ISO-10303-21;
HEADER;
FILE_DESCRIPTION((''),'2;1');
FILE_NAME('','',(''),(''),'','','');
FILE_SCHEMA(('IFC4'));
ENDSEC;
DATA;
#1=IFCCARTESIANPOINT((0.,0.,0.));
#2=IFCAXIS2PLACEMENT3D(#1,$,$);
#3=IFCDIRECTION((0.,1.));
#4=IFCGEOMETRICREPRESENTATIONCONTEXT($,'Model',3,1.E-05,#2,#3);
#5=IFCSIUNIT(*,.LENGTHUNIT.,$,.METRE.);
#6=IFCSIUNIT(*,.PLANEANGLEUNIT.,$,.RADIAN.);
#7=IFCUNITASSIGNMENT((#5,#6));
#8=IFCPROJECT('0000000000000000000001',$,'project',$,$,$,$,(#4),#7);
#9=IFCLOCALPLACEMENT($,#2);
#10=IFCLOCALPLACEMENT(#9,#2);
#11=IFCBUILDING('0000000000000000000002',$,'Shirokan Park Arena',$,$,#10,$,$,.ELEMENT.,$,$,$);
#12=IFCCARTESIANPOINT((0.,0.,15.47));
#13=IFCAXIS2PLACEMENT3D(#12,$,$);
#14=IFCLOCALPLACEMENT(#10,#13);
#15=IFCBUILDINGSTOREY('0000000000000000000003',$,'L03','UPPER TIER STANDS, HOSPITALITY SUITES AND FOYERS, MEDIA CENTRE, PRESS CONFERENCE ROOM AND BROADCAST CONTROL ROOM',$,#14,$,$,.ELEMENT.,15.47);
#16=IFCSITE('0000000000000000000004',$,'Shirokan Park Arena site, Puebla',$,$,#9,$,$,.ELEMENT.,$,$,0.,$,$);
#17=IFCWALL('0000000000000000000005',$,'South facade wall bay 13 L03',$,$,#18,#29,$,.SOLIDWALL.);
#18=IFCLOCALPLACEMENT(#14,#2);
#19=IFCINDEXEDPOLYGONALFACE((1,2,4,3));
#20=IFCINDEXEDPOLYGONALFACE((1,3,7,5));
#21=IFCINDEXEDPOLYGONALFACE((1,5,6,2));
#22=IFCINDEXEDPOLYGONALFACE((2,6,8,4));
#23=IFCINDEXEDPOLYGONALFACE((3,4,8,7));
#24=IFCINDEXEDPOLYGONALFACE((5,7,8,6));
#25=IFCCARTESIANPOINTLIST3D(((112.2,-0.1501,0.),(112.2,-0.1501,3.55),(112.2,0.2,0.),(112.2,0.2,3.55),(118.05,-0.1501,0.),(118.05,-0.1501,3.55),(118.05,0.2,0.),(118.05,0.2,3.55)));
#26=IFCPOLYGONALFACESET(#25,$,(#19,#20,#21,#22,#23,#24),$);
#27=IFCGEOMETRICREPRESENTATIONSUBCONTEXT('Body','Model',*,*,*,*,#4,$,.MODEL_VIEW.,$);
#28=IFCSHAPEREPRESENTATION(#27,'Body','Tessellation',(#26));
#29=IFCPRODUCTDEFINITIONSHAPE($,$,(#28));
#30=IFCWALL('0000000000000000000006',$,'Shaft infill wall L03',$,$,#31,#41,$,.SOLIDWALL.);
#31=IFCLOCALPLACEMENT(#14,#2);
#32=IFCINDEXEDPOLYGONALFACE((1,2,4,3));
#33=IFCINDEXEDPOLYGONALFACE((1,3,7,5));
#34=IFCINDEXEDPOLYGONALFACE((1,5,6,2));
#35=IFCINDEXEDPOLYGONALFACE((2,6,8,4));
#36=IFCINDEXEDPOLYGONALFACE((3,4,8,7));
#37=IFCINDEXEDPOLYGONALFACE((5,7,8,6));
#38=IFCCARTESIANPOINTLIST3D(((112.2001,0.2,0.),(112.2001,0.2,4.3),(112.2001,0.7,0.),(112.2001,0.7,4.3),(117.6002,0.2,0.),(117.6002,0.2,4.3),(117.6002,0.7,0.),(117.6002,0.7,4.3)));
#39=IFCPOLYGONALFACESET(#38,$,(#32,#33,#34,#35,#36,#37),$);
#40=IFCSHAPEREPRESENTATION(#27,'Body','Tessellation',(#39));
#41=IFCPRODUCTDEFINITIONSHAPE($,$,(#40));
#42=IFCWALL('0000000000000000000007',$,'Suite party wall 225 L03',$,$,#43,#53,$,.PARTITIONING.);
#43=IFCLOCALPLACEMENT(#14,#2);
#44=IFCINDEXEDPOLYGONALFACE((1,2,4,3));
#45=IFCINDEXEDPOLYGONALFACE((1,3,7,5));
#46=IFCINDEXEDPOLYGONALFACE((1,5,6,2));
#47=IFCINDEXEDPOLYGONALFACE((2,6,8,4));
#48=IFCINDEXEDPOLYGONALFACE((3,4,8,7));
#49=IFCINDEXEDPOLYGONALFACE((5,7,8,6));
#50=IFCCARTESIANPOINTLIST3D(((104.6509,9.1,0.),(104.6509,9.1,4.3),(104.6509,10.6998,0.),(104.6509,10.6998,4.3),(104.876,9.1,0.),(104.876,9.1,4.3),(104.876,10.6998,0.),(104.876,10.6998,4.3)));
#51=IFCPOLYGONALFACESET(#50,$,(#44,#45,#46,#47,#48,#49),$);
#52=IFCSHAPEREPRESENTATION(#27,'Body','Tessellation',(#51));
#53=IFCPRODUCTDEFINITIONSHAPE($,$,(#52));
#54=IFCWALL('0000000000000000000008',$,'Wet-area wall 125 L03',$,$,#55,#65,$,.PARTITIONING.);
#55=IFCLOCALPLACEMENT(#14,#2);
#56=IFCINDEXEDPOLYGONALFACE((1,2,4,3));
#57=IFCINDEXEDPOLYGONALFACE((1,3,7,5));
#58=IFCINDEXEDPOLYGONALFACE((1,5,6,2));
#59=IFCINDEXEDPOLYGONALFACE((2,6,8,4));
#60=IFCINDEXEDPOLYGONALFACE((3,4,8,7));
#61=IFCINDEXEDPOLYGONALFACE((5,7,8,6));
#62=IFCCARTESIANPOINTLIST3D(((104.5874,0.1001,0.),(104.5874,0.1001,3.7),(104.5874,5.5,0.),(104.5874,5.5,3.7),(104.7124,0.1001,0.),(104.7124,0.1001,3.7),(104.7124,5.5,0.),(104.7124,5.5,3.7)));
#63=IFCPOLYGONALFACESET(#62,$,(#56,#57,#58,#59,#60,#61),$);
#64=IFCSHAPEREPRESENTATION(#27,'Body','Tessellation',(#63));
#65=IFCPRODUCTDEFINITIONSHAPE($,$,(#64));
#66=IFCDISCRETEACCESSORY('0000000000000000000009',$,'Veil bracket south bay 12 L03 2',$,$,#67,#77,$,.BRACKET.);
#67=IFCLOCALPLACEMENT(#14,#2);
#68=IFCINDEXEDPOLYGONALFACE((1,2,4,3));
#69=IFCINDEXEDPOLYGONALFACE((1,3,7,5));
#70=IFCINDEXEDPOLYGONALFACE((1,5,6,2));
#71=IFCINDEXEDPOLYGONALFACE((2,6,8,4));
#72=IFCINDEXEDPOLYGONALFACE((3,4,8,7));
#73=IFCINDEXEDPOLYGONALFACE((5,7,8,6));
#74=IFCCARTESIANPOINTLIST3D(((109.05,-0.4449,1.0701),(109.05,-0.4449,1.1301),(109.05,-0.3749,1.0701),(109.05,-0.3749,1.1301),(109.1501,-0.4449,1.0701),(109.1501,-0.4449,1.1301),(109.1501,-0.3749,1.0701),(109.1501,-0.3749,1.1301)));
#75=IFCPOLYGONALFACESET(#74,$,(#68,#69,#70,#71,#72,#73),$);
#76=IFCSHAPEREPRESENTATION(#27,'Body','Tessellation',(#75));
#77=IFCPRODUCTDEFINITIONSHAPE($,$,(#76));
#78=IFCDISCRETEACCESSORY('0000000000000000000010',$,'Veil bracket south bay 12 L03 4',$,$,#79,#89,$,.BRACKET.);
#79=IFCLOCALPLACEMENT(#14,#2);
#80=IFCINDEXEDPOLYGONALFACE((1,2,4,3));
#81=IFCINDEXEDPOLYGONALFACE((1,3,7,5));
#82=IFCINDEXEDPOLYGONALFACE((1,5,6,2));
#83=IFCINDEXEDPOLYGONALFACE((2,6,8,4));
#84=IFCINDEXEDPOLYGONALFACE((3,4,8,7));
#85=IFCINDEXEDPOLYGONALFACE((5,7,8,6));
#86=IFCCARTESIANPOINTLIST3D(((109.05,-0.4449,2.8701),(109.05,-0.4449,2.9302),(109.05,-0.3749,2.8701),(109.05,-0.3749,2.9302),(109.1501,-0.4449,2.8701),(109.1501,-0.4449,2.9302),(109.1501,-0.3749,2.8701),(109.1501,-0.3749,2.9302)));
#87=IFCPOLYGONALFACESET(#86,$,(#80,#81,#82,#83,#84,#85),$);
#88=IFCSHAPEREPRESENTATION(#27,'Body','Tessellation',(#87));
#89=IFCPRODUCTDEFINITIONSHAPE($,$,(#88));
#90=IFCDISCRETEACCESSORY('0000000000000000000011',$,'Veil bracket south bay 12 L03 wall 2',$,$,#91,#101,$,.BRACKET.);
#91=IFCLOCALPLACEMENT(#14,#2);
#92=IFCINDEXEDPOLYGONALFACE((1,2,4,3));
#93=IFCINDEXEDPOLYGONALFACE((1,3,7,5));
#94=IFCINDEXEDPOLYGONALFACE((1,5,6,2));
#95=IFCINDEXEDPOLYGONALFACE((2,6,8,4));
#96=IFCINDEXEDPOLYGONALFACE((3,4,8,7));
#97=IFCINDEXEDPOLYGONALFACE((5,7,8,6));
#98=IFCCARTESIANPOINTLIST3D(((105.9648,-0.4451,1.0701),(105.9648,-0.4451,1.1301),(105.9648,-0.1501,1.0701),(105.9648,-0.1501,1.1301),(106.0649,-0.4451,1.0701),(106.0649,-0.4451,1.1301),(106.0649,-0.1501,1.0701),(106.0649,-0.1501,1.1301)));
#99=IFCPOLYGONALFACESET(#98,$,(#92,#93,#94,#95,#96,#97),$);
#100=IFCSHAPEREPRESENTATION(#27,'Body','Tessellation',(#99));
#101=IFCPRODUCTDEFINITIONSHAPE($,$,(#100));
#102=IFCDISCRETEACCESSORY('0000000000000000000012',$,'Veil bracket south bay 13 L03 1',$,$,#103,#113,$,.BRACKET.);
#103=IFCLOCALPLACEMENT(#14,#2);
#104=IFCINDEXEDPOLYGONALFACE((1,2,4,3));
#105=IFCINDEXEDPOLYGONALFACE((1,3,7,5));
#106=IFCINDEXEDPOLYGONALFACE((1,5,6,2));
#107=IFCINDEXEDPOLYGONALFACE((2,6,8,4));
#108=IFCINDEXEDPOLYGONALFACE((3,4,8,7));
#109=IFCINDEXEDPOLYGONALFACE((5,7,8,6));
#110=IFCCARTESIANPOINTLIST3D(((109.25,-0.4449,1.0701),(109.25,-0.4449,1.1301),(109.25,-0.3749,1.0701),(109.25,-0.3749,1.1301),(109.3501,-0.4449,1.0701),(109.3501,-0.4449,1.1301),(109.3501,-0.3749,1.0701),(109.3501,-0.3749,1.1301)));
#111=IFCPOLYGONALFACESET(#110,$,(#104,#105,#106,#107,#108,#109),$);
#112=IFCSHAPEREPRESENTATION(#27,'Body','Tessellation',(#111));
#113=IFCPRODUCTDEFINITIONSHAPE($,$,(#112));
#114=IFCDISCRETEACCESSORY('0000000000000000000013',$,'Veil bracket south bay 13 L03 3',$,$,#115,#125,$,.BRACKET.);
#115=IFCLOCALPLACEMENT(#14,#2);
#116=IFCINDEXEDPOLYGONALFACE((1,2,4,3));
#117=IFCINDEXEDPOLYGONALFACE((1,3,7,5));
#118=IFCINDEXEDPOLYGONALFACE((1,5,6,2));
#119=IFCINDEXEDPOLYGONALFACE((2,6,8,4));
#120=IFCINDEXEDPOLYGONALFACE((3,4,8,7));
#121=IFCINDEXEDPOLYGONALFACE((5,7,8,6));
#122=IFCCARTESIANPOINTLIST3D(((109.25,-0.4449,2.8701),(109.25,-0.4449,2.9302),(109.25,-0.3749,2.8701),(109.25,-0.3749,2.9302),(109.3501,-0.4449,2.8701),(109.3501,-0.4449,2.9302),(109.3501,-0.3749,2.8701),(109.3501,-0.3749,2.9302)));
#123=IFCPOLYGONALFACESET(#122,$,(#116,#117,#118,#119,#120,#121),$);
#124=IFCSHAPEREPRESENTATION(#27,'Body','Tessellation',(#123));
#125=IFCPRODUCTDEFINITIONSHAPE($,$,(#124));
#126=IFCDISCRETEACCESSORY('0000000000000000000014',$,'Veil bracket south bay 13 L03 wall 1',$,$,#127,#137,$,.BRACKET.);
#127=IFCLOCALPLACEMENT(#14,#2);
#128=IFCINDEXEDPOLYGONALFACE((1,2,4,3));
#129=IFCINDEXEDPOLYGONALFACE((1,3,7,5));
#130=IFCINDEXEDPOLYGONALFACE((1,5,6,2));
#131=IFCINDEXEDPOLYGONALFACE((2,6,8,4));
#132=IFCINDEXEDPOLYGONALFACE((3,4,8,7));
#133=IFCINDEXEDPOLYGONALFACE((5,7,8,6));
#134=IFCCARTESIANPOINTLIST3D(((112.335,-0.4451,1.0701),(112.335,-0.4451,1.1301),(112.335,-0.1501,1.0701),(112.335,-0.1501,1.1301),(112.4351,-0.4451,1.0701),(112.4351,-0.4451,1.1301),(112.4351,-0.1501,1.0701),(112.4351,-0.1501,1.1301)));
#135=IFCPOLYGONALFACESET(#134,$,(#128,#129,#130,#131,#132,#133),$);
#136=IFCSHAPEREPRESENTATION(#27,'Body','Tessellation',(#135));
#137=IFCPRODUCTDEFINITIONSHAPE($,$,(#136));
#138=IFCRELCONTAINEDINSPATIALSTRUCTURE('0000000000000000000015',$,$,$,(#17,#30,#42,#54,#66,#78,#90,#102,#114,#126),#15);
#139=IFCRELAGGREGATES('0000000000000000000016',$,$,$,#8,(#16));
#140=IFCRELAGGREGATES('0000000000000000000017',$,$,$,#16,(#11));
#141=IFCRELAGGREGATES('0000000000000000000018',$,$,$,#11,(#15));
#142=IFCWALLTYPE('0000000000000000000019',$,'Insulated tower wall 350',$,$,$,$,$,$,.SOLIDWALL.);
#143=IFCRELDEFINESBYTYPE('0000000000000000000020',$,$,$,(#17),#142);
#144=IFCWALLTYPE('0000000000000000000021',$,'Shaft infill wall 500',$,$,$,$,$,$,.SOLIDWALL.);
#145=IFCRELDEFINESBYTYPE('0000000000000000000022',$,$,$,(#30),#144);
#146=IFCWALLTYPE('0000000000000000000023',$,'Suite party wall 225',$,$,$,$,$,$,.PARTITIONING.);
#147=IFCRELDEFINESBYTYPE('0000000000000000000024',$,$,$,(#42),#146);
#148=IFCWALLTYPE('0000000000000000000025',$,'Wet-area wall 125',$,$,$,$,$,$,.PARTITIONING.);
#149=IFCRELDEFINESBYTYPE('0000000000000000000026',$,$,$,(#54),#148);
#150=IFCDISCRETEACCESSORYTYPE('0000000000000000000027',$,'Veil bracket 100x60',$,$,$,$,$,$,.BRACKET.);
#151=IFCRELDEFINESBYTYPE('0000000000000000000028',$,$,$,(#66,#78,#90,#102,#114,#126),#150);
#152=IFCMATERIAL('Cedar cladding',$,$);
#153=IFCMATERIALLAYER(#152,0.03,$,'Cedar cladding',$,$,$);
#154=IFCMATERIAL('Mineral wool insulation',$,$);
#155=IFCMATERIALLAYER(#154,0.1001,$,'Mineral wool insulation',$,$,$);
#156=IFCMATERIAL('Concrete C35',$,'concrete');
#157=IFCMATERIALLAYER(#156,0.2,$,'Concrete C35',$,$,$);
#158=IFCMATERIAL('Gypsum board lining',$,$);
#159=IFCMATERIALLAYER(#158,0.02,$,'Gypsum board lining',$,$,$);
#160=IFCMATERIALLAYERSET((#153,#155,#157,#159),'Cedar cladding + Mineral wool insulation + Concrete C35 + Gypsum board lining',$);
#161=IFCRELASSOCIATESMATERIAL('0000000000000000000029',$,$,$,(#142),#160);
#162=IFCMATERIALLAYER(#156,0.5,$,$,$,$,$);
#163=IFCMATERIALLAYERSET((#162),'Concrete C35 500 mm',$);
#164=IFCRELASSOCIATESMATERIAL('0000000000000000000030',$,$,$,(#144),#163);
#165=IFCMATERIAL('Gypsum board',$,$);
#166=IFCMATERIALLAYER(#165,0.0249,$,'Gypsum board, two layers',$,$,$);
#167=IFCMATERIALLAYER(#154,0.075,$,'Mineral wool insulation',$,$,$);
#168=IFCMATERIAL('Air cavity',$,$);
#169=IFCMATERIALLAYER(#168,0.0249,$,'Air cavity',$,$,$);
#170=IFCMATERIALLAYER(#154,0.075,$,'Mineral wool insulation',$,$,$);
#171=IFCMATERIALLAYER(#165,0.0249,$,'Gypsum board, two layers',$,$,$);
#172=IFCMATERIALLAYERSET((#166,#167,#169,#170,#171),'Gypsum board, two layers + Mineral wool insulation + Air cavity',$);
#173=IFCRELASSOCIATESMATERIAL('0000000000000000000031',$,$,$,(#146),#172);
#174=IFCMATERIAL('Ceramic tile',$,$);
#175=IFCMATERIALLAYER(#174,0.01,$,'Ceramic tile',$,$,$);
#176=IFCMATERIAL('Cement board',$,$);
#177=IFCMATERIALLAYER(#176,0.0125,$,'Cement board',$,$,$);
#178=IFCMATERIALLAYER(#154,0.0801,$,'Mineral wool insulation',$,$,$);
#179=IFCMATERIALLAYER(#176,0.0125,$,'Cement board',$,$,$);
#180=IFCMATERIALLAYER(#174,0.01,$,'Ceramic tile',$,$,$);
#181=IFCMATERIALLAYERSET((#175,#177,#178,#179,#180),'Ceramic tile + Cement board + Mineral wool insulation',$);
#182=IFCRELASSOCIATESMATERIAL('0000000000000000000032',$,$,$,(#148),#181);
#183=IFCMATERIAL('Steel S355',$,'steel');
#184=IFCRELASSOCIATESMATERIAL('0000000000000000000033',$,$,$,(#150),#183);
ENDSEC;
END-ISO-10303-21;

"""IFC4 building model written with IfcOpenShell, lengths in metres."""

from ifc_helpers import new_model, si_unit, direction, frame, frame_2d, origin, origin_2d, place, context, subcontext, project, spatial, rectangle, extrude, material, layer, layer_set, type_object, element, save


model = new_model("IFC4")

# Units and contexts
model_context = context("Model", 3, precision=1e-05, world=origin(), true_north=direction((0.0, 1.0)))
body_context = subcontext(model_context, "Body", "Model", "MODEL_VIEW")
ifc_project = project(units=[si_unit("LENGTHUNIT", "METRE"), si_unit("PLANEANGLEUNIT", "RADIAN")], contexts=[model_context])

# Site, building, storey
site_placement = place(None, origin())
site = spatial("IfcSite", under=ifc_project, at=site_placement, Name="Shirokan Park Arena site, Puebla", CompositionType="ELEMENT", RefElevation=0.0)
building_placement = place(site_placement, origin())
building = spatial("IfcBuilding", under=site, at=building_placement, Name="Shirokan Park Arena", CompositionType="ELEMENT")
storey_placement = place(building_placement, frame((0.0, 0.0, 15.47)))
storey = spatial("IfcBuildingStorey", under=building, at=storey_placement, Name="L03", Description="UPPER TIER STANDS, HOSPITALITY SUITES AND FOYERS, MEDIA CENTRE, PRESS CONFERENCE ROOM AND BROADCAST CONTROL ROOM", CompositionType="ELEMENT", Elevation=15.47)

# Shared definitions
ifc_material_1 = material(Name="Concrete C35", Category="concrete")

# Shared definitions
ifc_material_2 = material(Name="Steel S355", Category="steel")

# Shared definitions
ifc_material_3 = material(Name="Mineral wool insulation")

# Shared definitions
ifc_material_4 = material(Name="Gypsum board")

# Walls
ifc_material_5 = material(Name="Cedar cladding")
ifc_layer_1 = layer(ifc_material_5, 0.03, Name="Cedar cladding")
ifc_layer_2 = layer(ifc_material_3, 0.1001, Name="Mineral wool insulation")
ifc_layer_3 = layer(ifc_material_1, 0.2, Name="Concrete C35")
ifc_material_6 = material(Name="Gypsum board lining")
ifc_layer_4 = layer(ifc_material_6, 0.02, Name="Gypsum board lining")
ifc_layer_set_1 = layer_set([ifc_layer_1, ifc_layer_2, ifc_layer_3, ifc_layer_4], Name="Cedar cladding + Mineral wool insulation + Concrete C35 + Gypsum board lining")
wall_type_1 = type_object("IfcWallType", Name="Insulated tower wall 350", PredefinedType="SOLIDWALL", material=ifc_layer_set_1)
wall_1_placement = place(storey_placement, frame((112.2, 0.0249, 0.0), z_axis=(0.0, 0.0, 1.0), x_axis=(1.0, 0.0, 0.0)))
element("IfcWall", 1, at=wall_1_placement, inside=storey, type_object=wall_type_1, Name="South facade wall bay 13 L03", PredefinedType="SOLIDWALL", context=body_context, shape_type="SweptSolid", body=[
    extrude(rectangle(XDim=5.8501, YDim=0.3501, at=frame_2d((2.925, 0.0))), origin(), (0.0, 0.0, 1.0), 3.55),
])
ifc_layer_5 = layer(ifc_material_1, 0.5)
ifc_layer_set_2 = layer_set([ifc_layer_5], Name="Concrete C35 500 mm")
wall_type_2 = type_object("IfcWallType", Name="Shaft infill wall 500", PredefinedType="SOLIDWALL", material=ifc_layer_set_2)
wall_2_placement = place(storey_placement, frame((112.2, 0.45, 0.0), z_axis=(0.0, 0.0, 1.0), x_axis=(1.0, 0.0, 0.0)))
element("IfcWall", 2, at=wall_2_placement, inside=storey, type_object=wall_type_2, Name="Shaft infill wall L03", PredefinedType="SOLIDWALL", context=body_context, shape_type="SweptSolid", body=[
    extrude(rectangle(XDim=5.4001, YDim=0.5, at=frame_2d((2.7002, 0.0))), origin(), (0.0, 0.0, 1.0), 4.3),
])
ifc_layer_6 = layer(ifc_material_4, 0.0249, Name="Gypsum board, two layers")
ifc_layer_7 = layer(ifc_material_3, 0.075, Name="Mineral wool insulation")
ifc_material_7 = material(Name="Air cavity")
ifc_layer_8 = layer(ifc_material_7, 0.0249, Name="Air cavity")
ifc_layer_9 = layer(ifc_material_3, 0.075, Name="Mineral wool insulation")
ifc_layer_10 = layer(ifc_material_4, 0.0249, Name="Gypsum board, two layers")
ifc_layer_set_3 = layer_set([ifc_layer_6, ifc_layer_7, ifc_layer_8, ifc_layer_9, ifc_layer_10], Name="Gypsum board, two layers + Mineral wool insulation + Air cavity")
wall_type_3 = type_object("IfcWallType", Name="Suite party wall 225", PredefinedType="PARTITIONING", material=ifc_layer_set_3)
wall_3_placement = place(storey_placement, frame((104.7634, 9.1001, 0.0), z_axis=(0.0, 0.0, 1.0), x_axis=(0.0, 1.0, 0.0)))
element("IfcWall", 3, at=wall_3_placement, inside=storey, type_object=wall_type_3, Name="Suite party wall 225 L03", PredefinedType="PARTITIONING", context=body_context, shape_type="SweptSolid", body=[
    extrude(rectangle(XDim=1.5999, YDim=0.2251, at=frame_2d((0.7998, 0.0))), origin(), (0.0, 0.0, 1.0), 4.3),
])
ifc_material_8 = material(Name="Ceramic tile")
ifc_layer_11 = layer(ifc_material_8, 0.01, Name="Ceramic tile")
ifc_material_9 = material(Name="Cement board")
ifc_layer_12 = layer(ifc_material_9, 0.0125, Name="Cement board")
ifc_layer_13 = layer(ifc_material_3, 0.0801, Name="Mineral wool insulation")
ifc_layer_14 = layer(ifc_material_9, 0.0125, Name="Cement board")
ifc_layer_15 = layer(ifc_material_8, 0.01, Name="Ceramic tile")
ifc_layer_set_4 = layer_set([ifc_layer_11, ifc_layer_12, ifc_layer_13, ifc_layer_14, ifc_layer_15], Name="Ceramic tile + Cement board + Mineral wool insulation")
wall_type_4 = type_object("IfcWallType", Name="Wet-area wall 125", PredefinedType="PARTITIONING", material=ifc_layer_set_4)
wall_4_placement = place(storey_placement, frame((104.6499, 0.1001, 0.0), z_axis=(0.0, 0.0, 1.0), x_axis=(0.0, 1.0, 0.0)))
element("IfcWall", 4, at=wall_4_placement, inside=storey, type_object=wall_type_4, Name="Wet-area wall 125 L03", PredefinedType="PARTITIONING", context=body_context, shape_type="SweptSolid", body=[
    extrude(rectangle(XDim=5.3999, YDim=0.125, at=frame_2d((2.7, 0.0))), origin(), (0.0, 0.0, 1.0), 3.7),
])

# Discrete accessories
discrete_accessory_type = type_object("IfcDiscreteAccessoryType", Name="Veil bracket 100x60", PredefinedType="BRACKET", material=ifc_material_2)
for number, where, z_axis, x_axis, name in (
    (5, (109.1001, -0.4099, 1.0701), (0.0, 0.0, 1.0), (1.0, 0.0, 0.0), "Veil bracket south bay 12 L03 2"),
    (6, (109.1001, -0.4099, 2.8701), (0.0, 0.0, 1.0), (1.0, 0.0, 0.0), "Veil bracket south bay 12 L03 4"),
):
    element("IfcDiscreteAccessory", number, at=place(storey_placement, frame(where, z_axis=z_axis, x_axis=x_axis)), inside=storey, type_object=discrete_accessory_type, Name=name, PredefinedType="BRACKET", context=body_context, shape_type="SweptSolid", body=[
        extrude(rectangle(XDim=0.1001, YDim=0.0701, at=origin_2d()), origin(), (0.0, 0.0, 1.0), 0.0601),
    ])
discrete_accessory_1_placement = place(storey_placement, frame((106.0149, -0.2976, 1.0701), z_axis=(0.0, 0.0, 1.0), x_axis=(1.0, 0.0, 0.0)))
element("IfcDiscreteAccessory", 7, at=discrete_accessory_1_placement, inside=storey, type_object=discrete_accessory_type, Name="Veil bracket south bay 12 L03 wall 2", PredefinedType="BRACKET", context=body_context, shape_type="SweptSolid", body=[
    extrude(rectangle(XDim=0.1001, YDim=0.2949, at=origin_2d()), origin(), (0.0, 0.0, 1.0), 0.0601),
])
for number, where, z_axis, x_axis, name in (
    (8, (109.3, -0.4099, 1.0701), (0.0, 0.0, 1.0), (1.0, 0.0, 0.0), "Veil bracket south bay 13 L03 1"),
    (9, (109.3, -0.4099, 2.8701), (0.0, 0.0, 1.0), (1.0, 0.0, 0.0), "Veil bracket south bay 13 L03 3"),
):
    element("IfcDiscreteAccessory", number, at=place(storey_placement, frame(where, z_axis=z_axis, x_axis=x_axis)), inside=storey, type_object=discrete_accessory_type, Name=name, PredefinedType="BRACKET", context=body_context, shape_type="SweptSolid", body=[
        extrude(rectangle(XDim=0.1001, YDim=0.0701, at=origin_2d()), origin(), (0.0, 0.0, 1.0), 0.0601),
    ])
discrete_accessory_2_placement = place(storey_placement, frame((112.385, -0.2976, 1.0701), z_axis=(0.0, 0.0, 1.0), x_axis=(1.0, 0.0, 0.0)))
element("IfcDiscreteAccessory", 10, at=discrete_accessory_2_placement, inside=storey, type_object=discrete_accessory_type, Name="Veil bracket south bay 13 L03 wall 1", PredefinedType="BRACKET", context=body_context, shape_type="SweptSolid", body=[
    extrude(rectangle(XDim=0.1001, YDim=0.2949, at=origin_2d()), origin(), (0.0, 0.0, 1.0), 0.0601),
])

save(model, "model.ifc")
